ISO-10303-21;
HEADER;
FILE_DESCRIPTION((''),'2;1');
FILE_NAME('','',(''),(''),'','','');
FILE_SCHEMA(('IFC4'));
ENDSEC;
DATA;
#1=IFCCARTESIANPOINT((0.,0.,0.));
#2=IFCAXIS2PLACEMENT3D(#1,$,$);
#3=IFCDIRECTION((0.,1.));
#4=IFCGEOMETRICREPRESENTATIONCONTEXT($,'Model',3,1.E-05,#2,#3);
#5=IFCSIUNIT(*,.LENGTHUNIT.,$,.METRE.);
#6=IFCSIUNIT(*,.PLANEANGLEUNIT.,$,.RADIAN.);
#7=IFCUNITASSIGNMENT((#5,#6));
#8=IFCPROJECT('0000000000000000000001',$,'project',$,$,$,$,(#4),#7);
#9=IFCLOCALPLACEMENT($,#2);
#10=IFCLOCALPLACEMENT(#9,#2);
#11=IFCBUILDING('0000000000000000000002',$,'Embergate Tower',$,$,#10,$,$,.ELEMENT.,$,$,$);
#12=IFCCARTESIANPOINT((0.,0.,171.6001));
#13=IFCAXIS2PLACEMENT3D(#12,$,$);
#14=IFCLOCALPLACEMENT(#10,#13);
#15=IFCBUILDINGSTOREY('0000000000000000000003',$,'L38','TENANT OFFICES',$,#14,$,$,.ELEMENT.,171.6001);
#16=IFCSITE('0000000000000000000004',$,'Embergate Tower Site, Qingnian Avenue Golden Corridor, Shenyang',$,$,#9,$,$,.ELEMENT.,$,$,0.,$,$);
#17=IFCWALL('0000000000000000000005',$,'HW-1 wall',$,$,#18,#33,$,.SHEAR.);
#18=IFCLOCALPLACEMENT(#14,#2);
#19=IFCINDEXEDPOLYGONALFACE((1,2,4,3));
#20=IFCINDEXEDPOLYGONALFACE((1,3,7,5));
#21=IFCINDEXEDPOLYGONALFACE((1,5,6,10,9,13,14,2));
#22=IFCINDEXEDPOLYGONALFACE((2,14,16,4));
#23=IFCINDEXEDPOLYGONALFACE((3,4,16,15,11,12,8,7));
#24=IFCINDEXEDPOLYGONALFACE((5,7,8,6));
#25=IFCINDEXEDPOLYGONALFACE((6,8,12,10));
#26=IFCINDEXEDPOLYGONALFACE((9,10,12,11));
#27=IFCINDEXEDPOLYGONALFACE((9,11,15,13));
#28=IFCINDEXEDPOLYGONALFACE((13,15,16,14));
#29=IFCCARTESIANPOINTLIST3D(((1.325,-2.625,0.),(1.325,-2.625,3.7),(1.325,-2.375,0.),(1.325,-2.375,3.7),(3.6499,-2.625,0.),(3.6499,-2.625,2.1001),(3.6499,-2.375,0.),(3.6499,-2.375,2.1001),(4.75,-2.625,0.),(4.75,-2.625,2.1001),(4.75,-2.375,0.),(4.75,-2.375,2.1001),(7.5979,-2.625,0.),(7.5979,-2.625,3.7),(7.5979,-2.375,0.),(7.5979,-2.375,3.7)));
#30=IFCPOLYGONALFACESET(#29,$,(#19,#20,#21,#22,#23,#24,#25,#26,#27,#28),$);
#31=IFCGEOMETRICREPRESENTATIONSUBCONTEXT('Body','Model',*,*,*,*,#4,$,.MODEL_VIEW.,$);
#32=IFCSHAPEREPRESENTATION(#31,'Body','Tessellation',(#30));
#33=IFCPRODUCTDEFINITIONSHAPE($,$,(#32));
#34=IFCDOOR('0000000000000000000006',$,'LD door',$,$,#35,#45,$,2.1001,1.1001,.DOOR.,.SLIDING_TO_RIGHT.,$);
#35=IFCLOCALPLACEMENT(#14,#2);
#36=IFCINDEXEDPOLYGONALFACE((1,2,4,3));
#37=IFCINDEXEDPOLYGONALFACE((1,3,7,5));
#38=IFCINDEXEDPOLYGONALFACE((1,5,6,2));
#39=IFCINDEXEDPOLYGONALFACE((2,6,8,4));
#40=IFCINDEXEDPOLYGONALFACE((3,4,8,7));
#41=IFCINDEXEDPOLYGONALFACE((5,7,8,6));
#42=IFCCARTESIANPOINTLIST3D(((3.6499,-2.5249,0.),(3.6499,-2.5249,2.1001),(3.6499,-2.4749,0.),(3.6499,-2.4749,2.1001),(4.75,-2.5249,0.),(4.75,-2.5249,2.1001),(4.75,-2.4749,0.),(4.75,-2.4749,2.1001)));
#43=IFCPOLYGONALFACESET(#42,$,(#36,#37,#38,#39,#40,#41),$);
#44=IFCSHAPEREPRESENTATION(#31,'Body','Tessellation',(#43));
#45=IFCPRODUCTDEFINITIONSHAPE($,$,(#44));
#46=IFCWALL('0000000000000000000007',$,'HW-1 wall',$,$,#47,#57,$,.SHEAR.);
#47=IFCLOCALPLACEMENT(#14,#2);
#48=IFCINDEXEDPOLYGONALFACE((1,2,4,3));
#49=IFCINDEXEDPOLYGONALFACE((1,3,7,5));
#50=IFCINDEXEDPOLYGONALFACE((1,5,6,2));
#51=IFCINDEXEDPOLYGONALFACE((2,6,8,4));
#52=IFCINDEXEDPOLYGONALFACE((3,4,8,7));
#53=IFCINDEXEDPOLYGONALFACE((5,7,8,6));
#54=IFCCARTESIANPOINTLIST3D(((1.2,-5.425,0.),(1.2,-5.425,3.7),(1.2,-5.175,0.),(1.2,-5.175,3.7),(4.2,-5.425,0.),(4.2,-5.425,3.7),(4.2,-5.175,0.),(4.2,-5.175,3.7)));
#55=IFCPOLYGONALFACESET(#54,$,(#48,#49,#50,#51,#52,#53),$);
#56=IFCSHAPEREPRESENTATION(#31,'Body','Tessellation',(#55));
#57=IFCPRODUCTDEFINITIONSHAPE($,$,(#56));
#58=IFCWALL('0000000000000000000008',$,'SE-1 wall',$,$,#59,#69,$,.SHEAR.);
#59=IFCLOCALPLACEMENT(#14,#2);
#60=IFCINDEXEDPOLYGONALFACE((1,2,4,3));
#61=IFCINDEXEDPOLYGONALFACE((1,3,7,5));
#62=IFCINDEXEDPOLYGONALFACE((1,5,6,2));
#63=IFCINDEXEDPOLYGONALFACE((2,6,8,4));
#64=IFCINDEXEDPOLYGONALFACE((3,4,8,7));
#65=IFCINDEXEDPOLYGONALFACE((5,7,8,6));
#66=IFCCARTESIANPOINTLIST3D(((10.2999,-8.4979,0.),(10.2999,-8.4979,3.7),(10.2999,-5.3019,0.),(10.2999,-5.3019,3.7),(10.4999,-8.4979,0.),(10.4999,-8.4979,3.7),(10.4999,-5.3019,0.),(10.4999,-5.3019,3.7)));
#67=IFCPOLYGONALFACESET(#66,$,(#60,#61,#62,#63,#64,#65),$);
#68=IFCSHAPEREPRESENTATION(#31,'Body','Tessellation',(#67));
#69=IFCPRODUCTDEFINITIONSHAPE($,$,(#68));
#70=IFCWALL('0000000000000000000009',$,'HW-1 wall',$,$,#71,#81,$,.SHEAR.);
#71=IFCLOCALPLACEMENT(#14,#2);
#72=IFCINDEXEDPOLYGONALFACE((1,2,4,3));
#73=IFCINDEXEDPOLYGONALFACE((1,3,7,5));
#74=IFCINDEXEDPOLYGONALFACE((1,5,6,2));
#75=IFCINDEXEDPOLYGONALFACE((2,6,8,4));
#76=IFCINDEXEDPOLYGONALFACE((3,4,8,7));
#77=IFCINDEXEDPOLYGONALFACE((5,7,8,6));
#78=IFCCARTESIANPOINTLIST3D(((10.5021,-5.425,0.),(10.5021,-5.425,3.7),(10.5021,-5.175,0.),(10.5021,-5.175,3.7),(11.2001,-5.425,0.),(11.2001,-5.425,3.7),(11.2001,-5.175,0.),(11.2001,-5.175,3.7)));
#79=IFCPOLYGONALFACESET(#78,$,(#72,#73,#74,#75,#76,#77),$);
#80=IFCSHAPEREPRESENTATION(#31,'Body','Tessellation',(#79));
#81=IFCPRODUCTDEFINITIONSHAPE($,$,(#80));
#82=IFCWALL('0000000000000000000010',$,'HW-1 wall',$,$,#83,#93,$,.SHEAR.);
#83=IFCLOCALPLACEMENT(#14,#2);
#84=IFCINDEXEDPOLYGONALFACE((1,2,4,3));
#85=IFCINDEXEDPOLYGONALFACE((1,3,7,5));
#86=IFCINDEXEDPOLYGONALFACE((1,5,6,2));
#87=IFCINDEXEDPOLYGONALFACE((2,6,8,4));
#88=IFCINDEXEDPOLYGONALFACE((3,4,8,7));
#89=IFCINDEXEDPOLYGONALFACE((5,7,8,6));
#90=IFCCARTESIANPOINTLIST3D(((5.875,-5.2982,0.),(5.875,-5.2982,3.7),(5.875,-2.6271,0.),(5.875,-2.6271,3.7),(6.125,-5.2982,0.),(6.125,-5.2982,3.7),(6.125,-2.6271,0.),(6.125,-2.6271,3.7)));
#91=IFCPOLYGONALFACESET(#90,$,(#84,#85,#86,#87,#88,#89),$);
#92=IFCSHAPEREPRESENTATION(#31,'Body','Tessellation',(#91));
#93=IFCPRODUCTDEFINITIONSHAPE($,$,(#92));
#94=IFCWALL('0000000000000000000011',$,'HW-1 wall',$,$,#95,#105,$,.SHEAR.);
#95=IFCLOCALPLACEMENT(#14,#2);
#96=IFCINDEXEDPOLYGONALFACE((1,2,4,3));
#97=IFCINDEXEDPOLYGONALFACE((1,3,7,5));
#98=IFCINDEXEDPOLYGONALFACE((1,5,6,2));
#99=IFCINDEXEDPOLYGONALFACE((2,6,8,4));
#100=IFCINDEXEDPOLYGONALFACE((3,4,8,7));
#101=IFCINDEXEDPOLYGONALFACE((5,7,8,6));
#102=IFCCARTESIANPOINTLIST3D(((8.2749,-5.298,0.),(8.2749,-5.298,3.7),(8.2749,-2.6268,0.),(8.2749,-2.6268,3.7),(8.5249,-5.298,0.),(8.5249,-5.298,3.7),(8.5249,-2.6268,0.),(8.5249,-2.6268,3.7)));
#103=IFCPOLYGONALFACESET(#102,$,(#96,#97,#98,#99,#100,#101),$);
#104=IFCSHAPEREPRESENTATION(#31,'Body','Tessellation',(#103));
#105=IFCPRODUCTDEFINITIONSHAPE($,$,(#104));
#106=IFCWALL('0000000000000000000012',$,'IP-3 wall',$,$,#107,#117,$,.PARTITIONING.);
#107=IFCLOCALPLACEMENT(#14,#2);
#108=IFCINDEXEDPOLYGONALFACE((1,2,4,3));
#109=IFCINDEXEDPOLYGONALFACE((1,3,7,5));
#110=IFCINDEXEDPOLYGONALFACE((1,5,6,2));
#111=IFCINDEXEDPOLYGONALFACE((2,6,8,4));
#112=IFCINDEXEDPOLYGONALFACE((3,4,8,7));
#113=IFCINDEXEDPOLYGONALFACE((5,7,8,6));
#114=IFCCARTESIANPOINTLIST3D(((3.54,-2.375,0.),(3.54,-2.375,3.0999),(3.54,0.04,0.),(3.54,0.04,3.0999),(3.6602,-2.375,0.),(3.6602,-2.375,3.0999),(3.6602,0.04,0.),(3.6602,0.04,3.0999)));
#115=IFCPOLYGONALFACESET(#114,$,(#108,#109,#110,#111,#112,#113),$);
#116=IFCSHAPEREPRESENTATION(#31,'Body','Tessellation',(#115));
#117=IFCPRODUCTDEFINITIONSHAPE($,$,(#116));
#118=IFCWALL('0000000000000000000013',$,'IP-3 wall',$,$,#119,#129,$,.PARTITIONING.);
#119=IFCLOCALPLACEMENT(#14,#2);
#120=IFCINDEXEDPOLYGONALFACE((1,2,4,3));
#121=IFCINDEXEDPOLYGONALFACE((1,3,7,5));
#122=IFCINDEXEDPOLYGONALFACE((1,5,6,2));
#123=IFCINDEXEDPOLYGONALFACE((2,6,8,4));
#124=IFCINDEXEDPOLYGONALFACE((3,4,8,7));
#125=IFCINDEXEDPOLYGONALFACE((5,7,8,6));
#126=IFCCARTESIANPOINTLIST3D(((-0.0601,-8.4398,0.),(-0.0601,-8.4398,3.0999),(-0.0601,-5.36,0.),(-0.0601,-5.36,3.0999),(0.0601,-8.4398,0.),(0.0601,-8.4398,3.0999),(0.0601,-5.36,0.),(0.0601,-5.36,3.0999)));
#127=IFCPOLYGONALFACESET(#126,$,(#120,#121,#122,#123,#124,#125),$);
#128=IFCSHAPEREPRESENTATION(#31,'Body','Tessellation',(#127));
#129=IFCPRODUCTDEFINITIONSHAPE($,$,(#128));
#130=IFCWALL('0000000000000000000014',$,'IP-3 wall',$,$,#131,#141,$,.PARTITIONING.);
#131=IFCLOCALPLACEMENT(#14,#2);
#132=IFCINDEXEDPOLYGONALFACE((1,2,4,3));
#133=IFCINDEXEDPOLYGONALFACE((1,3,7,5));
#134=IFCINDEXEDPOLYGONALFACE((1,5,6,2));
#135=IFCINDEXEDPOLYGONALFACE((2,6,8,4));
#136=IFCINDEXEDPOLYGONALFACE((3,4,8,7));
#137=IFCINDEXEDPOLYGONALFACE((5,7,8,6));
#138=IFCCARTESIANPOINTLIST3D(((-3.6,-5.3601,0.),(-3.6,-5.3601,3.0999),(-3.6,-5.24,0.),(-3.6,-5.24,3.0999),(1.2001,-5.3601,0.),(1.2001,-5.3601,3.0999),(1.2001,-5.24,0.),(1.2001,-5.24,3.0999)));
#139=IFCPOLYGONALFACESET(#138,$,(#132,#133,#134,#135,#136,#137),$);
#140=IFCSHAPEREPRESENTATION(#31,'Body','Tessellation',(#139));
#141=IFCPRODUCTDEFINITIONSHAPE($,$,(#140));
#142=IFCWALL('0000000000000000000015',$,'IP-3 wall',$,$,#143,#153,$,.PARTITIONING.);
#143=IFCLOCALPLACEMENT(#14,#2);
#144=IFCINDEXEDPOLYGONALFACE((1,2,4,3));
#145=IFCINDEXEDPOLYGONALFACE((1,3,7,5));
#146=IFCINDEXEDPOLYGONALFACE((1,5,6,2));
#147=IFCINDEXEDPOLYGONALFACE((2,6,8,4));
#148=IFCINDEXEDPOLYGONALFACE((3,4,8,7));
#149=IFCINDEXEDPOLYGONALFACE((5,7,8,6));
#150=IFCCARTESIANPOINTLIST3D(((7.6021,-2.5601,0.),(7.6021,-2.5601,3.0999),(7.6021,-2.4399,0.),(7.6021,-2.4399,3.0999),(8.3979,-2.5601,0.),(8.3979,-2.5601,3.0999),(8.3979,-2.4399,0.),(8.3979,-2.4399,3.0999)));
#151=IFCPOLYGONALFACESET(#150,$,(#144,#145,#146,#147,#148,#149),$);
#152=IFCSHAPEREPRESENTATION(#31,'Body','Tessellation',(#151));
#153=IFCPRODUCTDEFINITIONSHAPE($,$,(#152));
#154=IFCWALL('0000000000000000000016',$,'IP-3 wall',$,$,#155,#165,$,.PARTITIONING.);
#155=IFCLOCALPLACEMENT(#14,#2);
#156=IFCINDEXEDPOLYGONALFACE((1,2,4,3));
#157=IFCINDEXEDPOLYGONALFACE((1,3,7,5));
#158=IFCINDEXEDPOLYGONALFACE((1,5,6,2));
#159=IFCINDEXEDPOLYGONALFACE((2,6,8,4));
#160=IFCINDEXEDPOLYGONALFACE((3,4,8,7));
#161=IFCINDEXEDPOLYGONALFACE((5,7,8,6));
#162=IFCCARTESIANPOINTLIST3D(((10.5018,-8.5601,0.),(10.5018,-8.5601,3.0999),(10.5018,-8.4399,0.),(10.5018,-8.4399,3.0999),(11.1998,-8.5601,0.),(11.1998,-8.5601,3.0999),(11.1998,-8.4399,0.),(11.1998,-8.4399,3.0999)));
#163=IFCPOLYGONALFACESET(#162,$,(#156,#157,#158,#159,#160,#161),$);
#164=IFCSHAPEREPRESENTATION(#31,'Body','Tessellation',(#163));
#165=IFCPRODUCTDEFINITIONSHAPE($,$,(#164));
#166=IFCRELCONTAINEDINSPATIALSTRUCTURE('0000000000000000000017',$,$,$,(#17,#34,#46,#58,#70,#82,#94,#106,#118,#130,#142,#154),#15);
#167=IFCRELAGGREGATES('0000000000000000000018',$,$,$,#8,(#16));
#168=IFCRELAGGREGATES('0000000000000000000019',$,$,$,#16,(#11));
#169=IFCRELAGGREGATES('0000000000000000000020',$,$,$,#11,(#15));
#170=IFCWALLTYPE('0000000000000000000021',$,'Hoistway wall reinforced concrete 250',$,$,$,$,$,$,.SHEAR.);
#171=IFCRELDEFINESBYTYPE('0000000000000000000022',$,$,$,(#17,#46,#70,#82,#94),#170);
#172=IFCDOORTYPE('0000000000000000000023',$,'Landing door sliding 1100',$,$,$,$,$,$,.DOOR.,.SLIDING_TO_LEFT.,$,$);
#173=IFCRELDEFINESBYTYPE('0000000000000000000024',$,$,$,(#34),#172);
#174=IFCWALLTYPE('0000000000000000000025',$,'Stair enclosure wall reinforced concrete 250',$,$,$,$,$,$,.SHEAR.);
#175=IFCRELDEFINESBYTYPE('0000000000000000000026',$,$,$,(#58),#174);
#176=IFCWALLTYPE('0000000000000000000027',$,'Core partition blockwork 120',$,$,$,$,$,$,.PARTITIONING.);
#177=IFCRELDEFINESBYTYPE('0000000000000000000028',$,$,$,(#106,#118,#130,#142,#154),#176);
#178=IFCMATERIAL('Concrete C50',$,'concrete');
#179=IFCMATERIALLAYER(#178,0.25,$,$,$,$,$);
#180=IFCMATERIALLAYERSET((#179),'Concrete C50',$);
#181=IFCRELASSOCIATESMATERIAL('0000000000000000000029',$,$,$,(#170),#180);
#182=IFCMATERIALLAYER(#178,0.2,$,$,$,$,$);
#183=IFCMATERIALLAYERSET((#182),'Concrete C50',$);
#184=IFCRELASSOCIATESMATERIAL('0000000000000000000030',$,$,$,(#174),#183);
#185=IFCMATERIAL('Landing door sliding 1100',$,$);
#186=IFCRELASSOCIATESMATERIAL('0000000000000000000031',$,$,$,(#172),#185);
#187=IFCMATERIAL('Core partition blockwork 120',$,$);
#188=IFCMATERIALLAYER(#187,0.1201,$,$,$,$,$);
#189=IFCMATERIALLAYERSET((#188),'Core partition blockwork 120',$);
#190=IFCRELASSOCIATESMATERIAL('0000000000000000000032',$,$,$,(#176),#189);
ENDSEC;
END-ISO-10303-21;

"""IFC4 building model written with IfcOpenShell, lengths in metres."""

from ifc_helpers import new_model, si_unit, direction, frame, frame_2d, origin, place, context, subcontext, project, spatial, rectangle, extrude, source, transform, mapped, material, layer, layer_set, type_object, element, fill, save


model = new_model("IFC4")

# Units and contexts
model_context = context("Model", 3, precision=1e-05, world=origin(), true_north=direction((0.0, 1.0)))
body_context = subcontext(model_context, "Body", "Model", "MODEL_VIEW")
ifc_project = project(units=[si_unit("LENGTHUNIT", "METRE"), si_unit("PLANEANGLEUNIT", "RADIAN")], contexts=[model_context])

# Site, building, storey
site_placement = place(None, origin())
site = spatial("IfcSite", under=ifc_project, at=site_placement, Name="Embergate Tower Site, Qingnian Avenue Golden Corridor, Shenyang", CompositionType="ELEMENT", RefElevation=0.0)
building_placement = place(site_placement, origin())
building = spatial("IfcBuilding", under=site, at=building_placement, Name="Embergate Tower", CompositionType="ELEMENT")
storey_placement = place(building_placement, frame((0.0, 0.0, 171.6001)))
storey = spatial("IfcBuildingStorey", under=building, at=storey_placement, Name="L38", Description="TENANT OFFICES", CompositionType="ELEMENT", Elevation=171.6001)

# Shared definitions
ifc_material_1 = material(Name="Concrete C50", Category="concrete")
ifc_layer_1 = layer(ifc_material_1, 0.25)
ifc_layer_set_1 = layer_set([ifc_layer_1], Name="Concrete C50")
wall_type_1 = type_object("IfcWallType", Name="Hoistway wall reinforced concrete 250", PredefinedType="SHEAR", material=ifc_layer_set_1)
ifc_layer_2 = layer(ifc_material_1, 0.2)
ifc_layer_set_2 = layer_set([ifc_layer_2], Name="Concrete C50")
wall_type_2 = type_object("IfcWallType", Name="Stair enclosure wall reinforced concrete 250", PredefinedType="SHEAR", material=ifc_layer_set_2)

# Wall, opening, door
shared_shape_1 = source(origin(), body_context, "Body", "SweptSolid", [
    extrude(rectangle(XDim=1.1001, YDim=2.1001, at=frame_2d((0.55, 1.05))), frame((0.0, 0.135, 0.0), z_axis=(0.0, -1.0, 0.0), x_axis=(1.0, 0.0, 0.0)), (0.0, 0.0, 1.0), 0.27),
])
ifc_material_2 = material(Name="Landing door sliding 1100")
door_type_1 = type_object("IfcDoorType", Name="Landing door sliding 1100", OperationType="SLIDING_TO_LEFT", PredefinedType="DOOR", material=ifc_material_2)
shared_shape_2 = source(origin(), body_context, "Body", "SweptSolid", [
    extrude(rectangle(XDim=1.1001, YDim=2.1001, at=frame_2d((0.55, 1.05))), frame((0.0, 0.0249, 0.0), z_axis=(0.0, -1.0, 0.0), x_axis=(1.0, 0.0, 0.0)), (0.0, 0.0, 1.0), 0.05),
])
shared_shape_3 = source(origin(), body_context, "Body", "SweptSolid", [
    extrude(rectangle(XDim=6.2729, YDim=0.25, at=frame_2d((3.1365, 0.0))), origin(), (0.0, 0.0, 1.0), 3.7),
])
wall_1_placement = place(storey_placement, frame((7.5979, -2.5, 0.0), z_axis=(0.0, 0.0, 1.0), x_axis=(-1.0, 0.0, 0.0)))
wall_1 = element("IfcWall", 1, at=wall_1_placement, inside=storey, type_object=wall_type_1, Name="HW-1 wall", PredefinedType="SHEAR", context=body_context, shape_type="MappedRepresentation", body=[
    mapped(shared_shape_3, transform((0.0, 0.0, 0.0))),
])
opening_1_placement = place(wall_1_placement, frame((2.8479, 0.0, 0.0)))
opening_1 = element("IfcOpeningElement", 2, at=opening_1_placement, cuts=wall_1, PredefinedType="OPENING", context=body_context, shape_type="MappedRepresentation", body=[
    mapped(shared_shape_1, transform((0.0, 0.0, 0.0))),
])
door_1_placement = place(opening_1_placement, origin())
door_1 = element("IfcDoor", 3, at=door_1_placement, inside=storey, type_object=door_type_1, Name="LD door", OperationType="SLIDING_TO_RIGHT", OverallHeight=2.1001, OverallWidth=1.1001, PredefinedType="DOOR", context=body_context, shape_type="MappedRepresentation", body=[
    mapped(shared_shape_2, transform((0.0, 0.0, 0.0))),
])
fill(opening_1, door_1)

# Walls
shared_shape_4 = source(origin(), body_context, "Body", "SweptSolid", [
    extrude(rectangle(XDim=3.0, YDim=0.25, at=frame_2d((1.5, 0.0))), origin(), (0.0, 0.0, 1.0), 3.7),
])
wall_2_placement = place(storey_placement, frame((1.2, -5.3, 0.0), z_axis=(0.0, 0.0, 1.0), x_axis=(1.0, 0.0, 0.0)))
element("IfcWall", 4, at=wall_2_placement, inside=storey, type_object=wall_type_1, Name="HW-1 wall", PredefinedType="SHEAR", context=body_context, shape_type="MappedRepresentation", body=[
    mapped(shared_shape_4, transform((0.0, 0.0, 0.0))),
])
shared_shape_5 = source(origin(), body_context, "Body", "SweptSolid", [
    extrude(rectangle(XDim=3.196, YDim=0.2, at=frame_2d((1.5981, 0.0))), origin(), (0.0, 0.0, 1.0), 3.7),
])
wall_3_placement = place(storey_placement, frame((10.3999, -8.498, 0.0), z_axis=(0.0, 0.0, 1.0), x_axis=(0.0, 1.0, 0.0)))
element("IfcWall", 5, at=wall_3_placement, inside=storey, type_object=wall_type_2, Name="SE-1 wall", PredefinedType="SHEAR", context=body_context, shape_type="MappedRepresentation", body=[
    mapped(shared_shape_5, transform((0.0, 0.0, 0.0))),
])
shared_shape_6 = source(origin(), body_context, "Body", "SweptSolid", [
    extrude(rectangle(XDim=0.698, YDim=0.25, at=frame_2d((0.3491, 0.0))), origin(), (0.0, 0.0, 1.0), 3.7),
])
wall_4_placement = place(storey_placement, frame((10.502, -5.3, 0.0), z_axis=(0.0, 0.0, 1.0), x_axis=(1.0, 0.0, 0.0)))
element("IfcWall", 6, at=wall_4_placement, inside=storey, type_object=wall_type_1, Name="HW-1 wall", PredefinedType="SHEAR", context=body_context, shape_type="MappedRepresentation", body=[
    mapped(shared_shape_6, transform((0.0, 0.0, 0.0))),
])
shared_shape_7 = source(origin(), body_context, "Body", "SweptSolid", [
    extrude(rectangle(XDim=2.6711, YDim=0.25, at=frame_2d((1.3354, 0.0))), origin(), (0.0, 0.0, 1.0), 3.7),
])
for number, where, z_axis, x_axis, name in (
    (7, (6.0, -5.2981, 0.0), (0.0, 0.0, 1.0), (0.0, 1.0, 0.0), "HW-1 wall"),
    (8, (8.3999, -2.627, 0.0), (0.0, 0.0, 1.0), (0.0, -1.0, 0.0), "HW-1 wall"),
):
    element("IfcWall", number, at=place(storey_placement, frame(where, z_axis=z_axis, x_axis=x_axis)), inside=storey, type_object=wall_type_1, Name=name, PredefinedType="SHEAR", context=body_context, shape_type="MappedRepresentation", body=[
        mapped(shared_shape_7, transform((0.0, 0.0, 0.0))),
    ])
ifc_material_3 = material(Name="Core partition blockwork 120")
ifc_layer_3 = layer(ifc_material_3, 0.1201)
ifc_layer_set_3 = layer_set([ifc_layer_3], Name="Core partition blockwork 120")
wall_type_3 = type_object("IfcWallType", Name="Core partition blockwork 120", PredefinedType="PARTITIONING", material=ifc_layer_set_3)
shared_shape_8 = source(origin(), body_context, "Body", "SweptSolid", [
    extrude(rectangle(XDim=2.415, YDim=0.1201, at=frame_2d((1.2075, 0.0))), origin(), (0.0, 0.0, 1.0), 3.0999),
])
wall_5_placement = place(storey_placement, frame((3.6001, -2.375, 0.0), z_axis=(0.0, 0.0, 1.0), x_axis=(0.0, 1.0, 0.0)))
element("IfcWall", 9, at=wall_5_placement, inside=storey, type_object=wall_type_3, Name="IP-3 wall", PredefinedType="PARTITIONING", context=body_context, shape_type="MappedRepresentation", body=[
    mapped(shared_shape_8, transform((0.0, 0.0, 0.0))),
])
shared_shape_9 = source(origin(), body_context, "Body", "SweptSolid", [
    extrude(rectangle(XDim=3.0798, YDim=0.1201, at=frame_2d((1.54, 0.0))), origin(), (0.0, 0.0, 1.0), 3.0999),
])
wall_6_placement = place(storey_placement, frame((0.0, -8.4399, 0.0), z_axis=(0.0, 0.0, 1.0), x_axis=(0.0, 1.0, 0.0)))
element("IfcWall", 10, at=wall_6_placement, inside=storey, type_object=wall_type_3, Name="IP-3 wall", PredefinedType="PARTITIONING", context=body_context, shape_type="MappedRepresentation", body=[
    mapped(shared_shape_9, transform((0.0, 0.0, 0.0))),
])
shared_shape_10 = source(origin(), body_context, "Body", "SweptSolid", [
    extrude(rectangle(XDim=4.8, YDim=0.1201, at=frame_2d((2.3999, 0.0))), origin(), (0.0, 0.0, 1.0), 3.0999),
])
wall_7_placement = place(storey_placement, frame((1.2, -5.3, 0.0), z_axis=(0.0, 0.0, 1.0), x_axis=(-1.0, 0.0, 0.0)))
element("IfcWall", 11, at=wall_7_placement, inside=storey, type_object=wall_type_3, Name="IP-3 wall", PredefinedType="PARTITIONING", context=body_context, shape_type="MappedRepresentation", body=[
    mapped(shared_shape_10, transform((0.0, 0.0, 0.0))),
])
shared_shape_11 = source(origin(), body_context, "Body", "SweptSolid", [
    extrude(rectangle(XDim=0.7959, YDim=0.1201, at=frame_2d((0.3979, 0.0))), origin(), (0.0, 0.0, 1.0), 3.0999),
])
wall_8_placement = place(storey_placement, frame((7.6021, -2.5, 0.0), z_axis=(0.0, 0.0, 1.0), x_axis=(1.0, 0.0, 0.0)))
element("IfcWall", 12, at=wall_8_placement, inside=storey, type_object=wall_type_3, Name="IP-3 wall", PredefinedType="PARTITIONING", context=body_context, shape_type="MappedRepresentation", body=[
    mapped(shared_shape_11, transform((0.0, 0.0, 0.0))),
])
shared_shape_12 = source(origin(), body_context, "Body", "SweptSolid", [
    extrude(rectangle(XDim=0.698, YDim=0.1201, at=frame_2d((0.3491, 0.0))), origin(), (0.0, 0.0, 1.0), 3.0999),
])
wall_9_placement = place(storey_placement, frame((11.2, -8.5, 0.0), z_axis=(0.0, 0.0, 1.0), x_axis=(-1.0, 0.0, 0.0)))
element("IfcWall", 13, at=wall_9_placement, inside=storey, type_object=wall_type_3, Name="IP-3 wall", PredefinedType="PARTITIONING", context=body_context, shape_type="MappedRepresentation", body=[
    mapped(shared_shape_12, transform((0.0, 0.0, 0.0))),
])

save(model, "model.ifc")
